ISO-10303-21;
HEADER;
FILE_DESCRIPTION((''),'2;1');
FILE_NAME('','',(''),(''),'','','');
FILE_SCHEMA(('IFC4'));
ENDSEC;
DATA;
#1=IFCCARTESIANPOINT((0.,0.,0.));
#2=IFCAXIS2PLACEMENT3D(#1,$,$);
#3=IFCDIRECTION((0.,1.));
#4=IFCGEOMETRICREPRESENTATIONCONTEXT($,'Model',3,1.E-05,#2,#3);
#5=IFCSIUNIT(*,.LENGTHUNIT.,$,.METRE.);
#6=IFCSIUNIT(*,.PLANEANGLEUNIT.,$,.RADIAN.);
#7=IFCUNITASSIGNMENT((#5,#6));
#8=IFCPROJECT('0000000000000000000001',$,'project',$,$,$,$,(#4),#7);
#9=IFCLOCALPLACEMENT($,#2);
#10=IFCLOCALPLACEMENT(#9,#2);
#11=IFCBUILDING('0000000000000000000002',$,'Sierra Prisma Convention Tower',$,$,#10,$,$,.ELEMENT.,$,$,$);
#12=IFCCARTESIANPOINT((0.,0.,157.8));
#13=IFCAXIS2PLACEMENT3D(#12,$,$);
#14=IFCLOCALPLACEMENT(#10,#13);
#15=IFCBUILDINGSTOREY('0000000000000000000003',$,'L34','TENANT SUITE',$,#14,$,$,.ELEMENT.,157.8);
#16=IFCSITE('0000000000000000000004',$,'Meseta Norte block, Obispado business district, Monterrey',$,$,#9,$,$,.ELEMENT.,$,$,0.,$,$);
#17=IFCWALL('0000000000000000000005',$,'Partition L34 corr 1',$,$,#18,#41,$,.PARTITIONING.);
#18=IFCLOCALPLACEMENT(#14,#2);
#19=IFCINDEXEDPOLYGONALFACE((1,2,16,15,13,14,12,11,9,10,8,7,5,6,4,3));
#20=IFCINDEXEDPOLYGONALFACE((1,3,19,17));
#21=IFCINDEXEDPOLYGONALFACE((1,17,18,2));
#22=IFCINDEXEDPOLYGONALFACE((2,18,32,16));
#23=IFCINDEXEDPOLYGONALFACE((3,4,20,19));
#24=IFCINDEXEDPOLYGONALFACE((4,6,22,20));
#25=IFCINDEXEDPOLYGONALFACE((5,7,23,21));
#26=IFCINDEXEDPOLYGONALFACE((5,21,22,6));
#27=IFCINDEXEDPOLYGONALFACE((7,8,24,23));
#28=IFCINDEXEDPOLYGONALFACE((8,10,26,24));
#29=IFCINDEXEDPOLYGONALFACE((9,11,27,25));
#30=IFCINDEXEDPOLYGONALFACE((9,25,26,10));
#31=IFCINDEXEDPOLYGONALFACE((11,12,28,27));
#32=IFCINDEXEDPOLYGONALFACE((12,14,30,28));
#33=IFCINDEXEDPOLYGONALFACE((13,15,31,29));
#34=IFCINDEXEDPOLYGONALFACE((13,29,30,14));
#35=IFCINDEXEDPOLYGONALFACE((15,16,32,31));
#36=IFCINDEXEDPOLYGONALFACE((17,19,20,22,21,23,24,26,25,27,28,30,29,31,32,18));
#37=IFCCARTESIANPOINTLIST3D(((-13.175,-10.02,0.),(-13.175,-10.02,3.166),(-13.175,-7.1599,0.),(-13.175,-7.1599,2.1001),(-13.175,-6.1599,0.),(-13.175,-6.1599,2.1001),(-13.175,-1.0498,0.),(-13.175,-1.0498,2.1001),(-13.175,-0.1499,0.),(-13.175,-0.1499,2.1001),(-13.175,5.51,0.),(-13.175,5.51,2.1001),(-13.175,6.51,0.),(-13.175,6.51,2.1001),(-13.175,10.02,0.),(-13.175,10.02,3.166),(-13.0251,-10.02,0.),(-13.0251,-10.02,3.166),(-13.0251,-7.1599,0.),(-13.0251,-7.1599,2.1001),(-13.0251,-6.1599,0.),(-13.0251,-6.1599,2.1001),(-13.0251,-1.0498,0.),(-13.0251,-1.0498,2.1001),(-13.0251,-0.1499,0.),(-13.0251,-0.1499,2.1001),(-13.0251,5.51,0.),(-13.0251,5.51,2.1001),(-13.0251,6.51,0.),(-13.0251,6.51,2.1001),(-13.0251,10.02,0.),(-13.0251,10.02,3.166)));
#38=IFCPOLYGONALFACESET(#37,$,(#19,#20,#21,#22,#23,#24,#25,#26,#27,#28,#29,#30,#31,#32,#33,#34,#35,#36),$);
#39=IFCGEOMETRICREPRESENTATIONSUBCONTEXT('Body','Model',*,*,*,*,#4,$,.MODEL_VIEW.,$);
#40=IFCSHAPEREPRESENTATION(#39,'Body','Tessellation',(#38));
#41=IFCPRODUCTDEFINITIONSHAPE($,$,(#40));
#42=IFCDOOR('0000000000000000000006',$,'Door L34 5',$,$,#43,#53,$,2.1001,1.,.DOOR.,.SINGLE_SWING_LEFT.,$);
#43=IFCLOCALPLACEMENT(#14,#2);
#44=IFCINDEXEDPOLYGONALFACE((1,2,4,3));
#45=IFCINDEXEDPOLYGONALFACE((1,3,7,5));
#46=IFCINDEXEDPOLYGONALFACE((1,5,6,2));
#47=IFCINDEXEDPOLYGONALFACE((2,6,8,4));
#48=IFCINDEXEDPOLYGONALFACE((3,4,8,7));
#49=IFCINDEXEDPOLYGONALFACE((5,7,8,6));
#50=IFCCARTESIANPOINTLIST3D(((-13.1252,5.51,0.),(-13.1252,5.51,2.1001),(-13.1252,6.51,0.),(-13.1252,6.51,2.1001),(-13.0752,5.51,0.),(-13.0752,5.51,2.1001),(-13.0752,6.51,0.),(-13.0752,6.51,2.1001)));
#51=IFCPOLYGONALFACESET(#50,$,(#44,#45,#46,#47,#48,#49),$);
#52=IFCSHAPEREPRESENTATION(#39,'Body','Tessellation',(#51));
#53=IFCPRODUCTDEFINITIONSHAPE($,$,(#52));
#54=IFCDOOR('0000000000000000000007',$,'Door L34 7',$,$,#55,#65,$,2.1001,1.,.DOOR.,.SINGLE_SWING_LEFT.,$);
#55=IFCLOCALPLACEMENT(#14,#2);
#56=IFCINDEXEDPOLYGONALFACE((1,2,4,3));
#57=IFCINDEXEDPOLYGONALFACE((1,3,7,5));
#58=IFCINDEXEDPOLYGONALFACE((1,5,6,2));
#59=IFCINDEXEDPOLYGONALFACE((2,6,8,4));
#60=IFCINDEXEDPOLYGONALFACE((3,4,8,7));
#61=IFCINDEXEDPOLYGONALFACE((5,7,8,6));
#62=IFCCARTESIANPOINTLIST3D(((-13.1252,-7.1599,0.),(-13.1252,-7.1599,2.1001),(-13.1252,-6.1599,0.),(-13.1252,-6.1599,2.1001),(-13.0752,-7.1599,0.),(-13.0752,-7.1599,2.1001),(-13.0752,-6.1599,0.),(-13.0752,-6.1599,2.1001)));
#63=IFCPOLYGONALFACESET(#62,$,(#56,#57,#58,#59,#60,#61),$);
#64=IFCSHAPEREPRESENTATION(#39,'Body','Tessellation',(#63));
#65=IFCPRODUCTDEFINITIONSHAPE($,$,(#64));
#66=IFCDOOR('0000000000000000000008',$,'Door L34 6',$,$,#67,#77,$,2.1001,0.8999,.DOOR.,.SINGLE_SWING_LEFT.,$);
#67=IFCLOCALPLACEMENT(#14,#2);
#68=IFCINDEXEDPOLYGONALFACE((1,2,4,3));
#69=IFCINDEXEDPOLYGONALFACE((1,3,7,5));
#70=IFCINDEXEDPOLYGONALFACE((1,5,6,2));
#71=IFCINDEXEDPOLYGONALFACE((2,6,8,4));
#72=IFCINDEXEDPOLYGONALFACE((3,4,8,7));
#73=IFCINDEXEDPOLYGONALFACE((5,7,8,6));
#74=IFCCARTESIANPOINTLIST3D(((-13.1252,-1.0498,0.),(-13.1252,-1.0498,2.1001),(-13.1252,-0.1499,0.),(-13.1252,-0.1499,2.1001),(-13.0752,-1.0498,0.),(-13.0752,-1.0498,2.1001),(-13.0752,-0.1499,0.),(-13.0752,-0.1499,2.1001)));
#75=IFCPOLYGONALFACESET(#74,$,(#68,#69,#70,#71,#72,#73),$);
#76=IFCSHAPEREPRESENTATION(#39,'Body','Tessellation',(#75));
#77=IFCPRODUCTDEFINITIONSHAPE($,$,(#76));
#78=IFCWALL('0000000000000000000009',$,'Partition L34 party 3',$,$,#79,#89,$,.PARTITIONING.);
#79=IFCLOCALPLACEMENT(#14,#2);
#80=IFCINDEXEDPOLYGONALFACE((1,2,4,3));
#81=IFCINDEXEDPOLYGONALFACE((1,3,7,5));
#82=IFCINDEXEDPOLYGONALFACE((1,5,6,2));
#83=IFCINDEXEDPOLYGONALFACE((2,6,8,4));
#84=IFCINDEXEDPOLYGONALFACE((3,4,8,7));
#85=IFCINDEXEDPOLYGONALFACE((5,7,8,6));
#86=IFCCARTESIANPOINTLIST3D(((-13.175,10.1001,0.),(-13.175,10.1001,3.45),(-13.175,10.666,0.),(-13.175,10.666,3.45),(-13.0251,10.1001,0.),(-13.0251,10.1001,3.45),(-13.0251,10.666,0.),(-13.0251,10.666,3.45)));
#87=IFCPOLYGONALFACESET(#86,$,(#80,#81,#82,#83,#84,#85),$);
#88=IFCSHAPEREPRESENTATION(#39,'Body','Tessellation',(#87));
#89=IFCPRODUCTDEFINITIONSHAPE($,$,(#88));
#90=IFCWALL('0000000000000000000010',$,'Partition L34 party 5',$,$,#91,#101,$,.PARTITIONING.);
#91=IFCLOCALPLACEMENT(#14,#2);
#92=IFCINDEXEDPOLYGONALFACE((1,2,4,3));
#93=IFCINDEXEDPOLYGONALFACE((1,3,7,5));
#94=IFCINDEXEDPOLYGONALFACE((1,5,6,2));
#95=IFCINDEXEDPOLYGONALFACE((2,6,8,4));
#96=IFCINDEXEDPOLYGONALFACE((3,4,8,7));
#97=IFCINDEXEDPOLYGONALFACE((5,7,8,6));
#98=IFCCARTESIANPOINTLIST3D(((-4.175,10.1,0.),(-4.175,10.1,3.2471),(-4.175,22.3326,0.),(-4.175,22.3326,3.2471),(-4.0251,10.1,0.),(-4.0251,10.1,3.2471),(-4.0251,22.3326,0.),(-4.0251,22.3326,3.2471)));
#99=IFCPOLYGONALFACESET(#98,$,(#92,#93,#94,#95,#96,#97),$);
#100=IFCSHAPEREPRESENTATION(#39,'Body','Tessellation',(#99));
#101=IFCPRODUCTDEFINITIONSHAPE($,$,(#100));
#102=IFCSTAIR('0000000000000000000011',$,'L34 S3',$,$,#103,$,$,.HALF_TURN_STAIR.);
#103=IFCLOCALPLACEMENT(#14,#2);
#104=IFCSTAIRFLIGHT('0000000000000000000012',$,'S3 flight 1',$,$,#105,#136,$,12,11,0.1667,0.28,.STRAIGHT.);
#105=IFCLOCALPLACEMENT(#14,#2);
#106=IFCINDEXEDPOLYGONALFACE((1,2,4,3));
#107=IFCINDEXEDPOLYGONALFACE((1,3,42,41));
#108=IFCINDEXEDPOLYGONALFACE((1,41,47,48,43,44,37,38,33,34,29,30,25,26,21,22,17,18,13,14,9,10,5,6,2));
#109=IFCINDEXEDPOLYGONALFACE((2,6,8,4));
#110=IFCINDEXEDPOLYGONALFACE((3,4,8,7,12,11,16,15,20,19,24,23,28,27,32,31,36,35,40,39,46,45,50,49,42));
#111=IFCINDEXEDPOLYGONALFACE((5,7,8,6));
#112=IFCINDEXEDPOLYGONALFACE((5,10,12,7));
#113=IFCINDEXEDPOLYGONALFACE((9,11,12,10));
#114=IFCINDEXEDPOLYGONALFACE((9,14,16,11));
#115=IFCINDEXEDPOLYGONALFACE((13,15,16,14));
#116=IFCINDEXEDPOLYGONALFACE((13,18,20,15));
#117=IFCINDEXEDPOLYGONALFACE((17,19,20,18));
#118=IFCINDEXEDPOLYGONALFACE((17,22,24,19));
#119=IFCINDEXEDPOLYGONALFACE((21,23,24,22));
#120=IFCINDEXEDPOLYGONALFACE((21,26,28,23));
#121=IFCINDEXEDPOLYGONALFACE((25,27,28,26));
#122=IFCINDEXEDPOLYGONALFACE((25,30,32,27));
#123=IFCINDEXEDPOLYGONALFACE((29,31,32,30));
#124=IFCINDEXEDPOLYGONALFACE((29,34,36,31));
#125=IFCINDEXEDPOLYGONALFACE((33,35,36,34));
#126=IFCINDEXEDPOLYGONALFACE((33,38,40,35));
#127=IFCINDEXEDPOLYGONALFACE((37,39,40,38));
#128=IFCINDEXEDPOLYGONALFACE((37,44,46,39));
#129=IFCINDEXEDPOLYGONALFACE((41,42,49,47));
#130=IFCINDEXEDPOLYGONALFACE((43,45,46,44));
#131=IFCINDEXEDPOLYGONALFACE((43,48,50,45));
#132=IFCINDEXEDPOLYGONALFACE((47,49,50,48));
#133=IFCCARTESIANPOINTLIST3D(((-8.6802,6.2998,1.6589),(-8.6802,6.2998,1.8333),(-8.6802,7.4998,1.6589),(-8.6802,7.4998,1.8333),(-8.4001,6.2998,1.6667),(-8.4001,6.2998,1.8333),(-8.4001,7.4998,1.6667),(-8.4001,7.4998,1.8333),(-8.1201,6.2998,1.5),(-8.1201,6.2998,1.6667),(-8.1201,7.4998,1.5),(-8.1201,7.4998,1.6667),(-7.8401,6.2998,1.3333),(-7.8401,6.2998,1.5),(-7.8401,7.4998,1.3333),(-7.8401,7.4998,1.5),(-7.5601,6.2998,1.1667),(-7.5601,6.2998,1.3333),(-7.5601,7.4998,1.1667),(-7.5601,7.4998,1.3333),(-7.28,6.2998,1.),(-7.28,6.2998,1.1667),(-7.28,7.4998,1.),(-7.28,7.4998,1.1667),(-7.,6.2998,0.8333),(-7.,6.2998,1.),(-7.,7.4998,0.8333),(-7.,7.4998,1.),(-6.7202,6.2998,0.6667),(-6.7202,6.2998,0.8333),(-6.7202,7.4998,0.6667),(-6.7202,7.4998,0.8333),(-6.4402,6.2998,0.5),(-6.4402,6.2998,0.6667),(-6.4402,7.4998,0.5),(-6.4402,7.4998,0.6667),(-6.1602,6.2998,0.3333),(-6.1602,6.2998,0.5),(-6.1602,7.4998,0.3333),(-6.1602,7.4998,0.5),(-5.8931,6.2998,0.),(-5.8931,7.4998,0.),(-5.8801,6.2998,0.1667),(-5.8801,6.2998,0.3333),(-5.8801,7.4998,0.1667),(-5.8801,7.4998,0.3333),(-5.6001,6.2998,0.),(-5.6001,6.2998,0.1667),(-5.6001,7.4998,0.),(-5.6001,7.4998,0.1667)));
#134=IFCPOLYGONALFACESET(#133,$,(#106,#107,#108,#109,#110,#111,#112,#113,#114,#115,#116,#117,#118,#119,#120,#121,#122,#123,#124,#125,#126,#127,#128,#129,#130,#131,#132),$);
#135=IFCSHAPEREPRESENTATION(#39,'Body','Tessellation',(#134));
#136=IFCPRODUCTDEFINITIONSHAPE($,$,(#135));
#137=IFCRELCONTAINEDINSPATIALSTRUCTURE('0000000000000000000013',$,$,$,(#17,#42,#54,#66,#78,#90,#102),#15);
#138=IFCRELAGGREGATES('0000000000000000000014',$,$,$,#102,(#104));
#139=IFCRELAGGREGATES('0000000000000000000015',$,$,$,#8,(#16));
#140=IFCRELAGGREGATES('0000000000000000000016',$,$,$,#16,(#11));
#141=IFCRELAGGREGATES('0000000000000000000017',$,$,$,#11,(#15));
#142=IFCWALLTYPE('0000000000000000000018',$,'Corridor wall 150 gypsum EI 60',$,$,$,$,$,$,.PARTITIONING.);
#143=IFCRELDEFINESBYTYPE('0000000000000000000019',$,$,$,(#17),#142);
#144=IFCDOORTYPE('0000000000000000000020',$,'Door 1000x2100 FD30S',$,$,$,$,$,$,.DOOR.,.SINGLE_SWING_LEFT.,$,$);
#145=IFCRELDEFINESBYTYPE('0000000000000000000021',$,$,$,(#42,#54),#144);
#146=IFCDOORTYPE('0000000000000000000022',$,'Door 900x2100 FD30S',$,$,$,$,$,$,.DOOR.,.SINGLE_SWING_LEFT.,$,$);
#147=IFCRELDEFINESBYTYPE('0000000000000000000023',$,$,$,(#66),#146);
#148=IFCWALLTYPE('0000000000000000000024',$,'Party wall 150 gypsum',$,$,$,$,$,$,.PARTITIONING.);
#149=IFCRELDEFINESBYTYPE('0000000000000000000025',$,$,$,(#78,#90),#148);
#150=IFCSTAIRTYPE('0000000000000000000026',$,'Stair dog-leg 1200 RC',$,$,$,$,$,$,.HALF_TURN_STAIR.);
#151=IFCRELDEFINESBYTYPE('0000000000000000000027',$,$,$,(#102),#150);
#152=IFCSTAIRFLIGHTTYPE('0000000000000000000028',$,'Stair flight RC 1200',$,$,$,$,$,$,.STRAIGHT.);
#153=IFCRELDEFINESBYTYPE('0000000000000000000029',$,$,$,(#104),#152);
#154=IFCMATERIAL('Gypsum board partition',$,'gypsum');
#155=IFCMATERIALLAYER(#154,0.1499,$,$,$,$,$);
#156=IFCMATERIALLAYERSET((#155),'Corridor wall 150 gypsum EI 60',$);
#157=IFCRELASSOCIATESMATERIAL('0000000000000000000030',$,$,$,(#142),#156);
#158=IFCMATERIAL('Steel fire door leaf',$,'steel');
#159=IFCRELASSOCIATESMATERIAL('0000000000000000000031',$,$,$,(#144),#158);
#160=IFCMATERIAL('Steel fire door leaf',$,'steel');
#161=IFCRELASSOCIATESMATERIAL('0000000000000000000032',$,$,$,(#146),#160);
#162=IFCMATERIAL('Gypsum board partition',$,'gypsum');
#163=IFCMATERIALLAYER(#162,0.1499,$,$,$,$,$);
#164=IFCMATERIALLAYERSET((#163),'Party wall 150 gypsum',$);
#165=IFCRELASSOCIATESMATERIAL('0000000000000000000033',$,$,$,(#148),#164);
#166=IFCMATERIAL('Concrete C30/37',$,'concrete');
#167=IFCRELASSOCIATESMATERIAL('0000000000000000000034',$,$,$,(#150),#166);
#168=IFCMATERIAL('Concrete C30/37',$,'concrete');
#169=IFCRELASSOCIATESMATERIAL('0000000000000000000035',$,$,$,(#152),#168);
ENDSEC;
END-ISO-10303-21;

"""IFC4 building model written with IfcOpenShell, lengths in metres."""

from ifc_helpers import new_model, si_unit, direction, frame, frame_2d, origin, place, context, subcontext, project, spatial, polyline, rectangle, outline, extrude, material, layer, layer_set, type_object, element, fill, aggregate, save


model = new_model("IFC4")

# Units and contexts
model_context = context("Model", 3, precision=1e-05, world=origin(), true_north=direction((0.0, 1.0)))
body_context = subcontext(model_context, "Body", "Model", "MODEL_VIEW")
ifc_project = project(units=[si_unit("LENGTHUNIT", "METRE"), si_unit("PLANEANGLEUNIT", "RADIAN")], contexts=[model_context])

# Site, building, storey
site_placement = place(None, origin())
site = spatial("IfcSite", under=ifc_project, at=site_placement, Name="Meseta Norte block, Obispado business district, Monterrey", CompositionType="ELEMENT", RefElevation=0.0)
building_placement = place(site_placement, origin())
building = spatial("IfcBuilding", under=site, at=building_placement, Name="Sierra Prisma Convention Tower", CompositionType="ELEMENT")
storey_placement = place(building_placement, frame((0.0, 0.0, 157.8)))
storey = spatial("IfcBuildingStorey", under=building, at=storey_placement, Name="L34", Description="TENANT SUITE", CompositionType="ELEMENT", Elevation=157.8)

# Wall, openings, doors
ifc_material_1 = material(Name="Gypsum board partition", Category="gypsum")
ifc_layer_1 = layer(ifc_material_1, 0.1499)
ifc_layer_set_1 = layer_set([ifc_layer_1], Name="Corridor wall 150 gypsum EI 60")
wall_type_1 = type_object("IfcWallType", Name="Corridor wall 150 gypsum EI 60", PredefinedType="PARTITIONING", material=ifc_layer_set_1)
wall_1_placement = place(storey_placement, frame((-13.1001, 10.02, 0.0), z_axis=(0.0, 0.0, 1.0), x_axis=(0.0, -1.0, 0.0)))
wall_1 = element("IfcWall", 1, at=wall_1_placement, inside=storey, type_object=wall_type_1, Name="Partition L34 corr 1", PredefinedType="PARTITIONING", context=body_context, shape_type="SweptSolid", body=[
    extrude(rectangle(XDim=20.04, YDim=0.1499, at=frame_2d((10.02, 0.0))), origin(), (0.0, 0.0, 1.0), 3.166),
])
opening_1_placement = place(wall_1_placement, frame((3.51, 0.0, 0.0)))
opening_1 = element("IfcOpeningElement", 2, at=opening_1_placement, cuts=wall_1, PredefinedType="OPENING", context=body_context, shape_type="SweptSolid", body=[
    extrude(rectangle(XDim=1.0, YDim=2.1001, at=frame_2d((0.5, 1.05))), frame((0.0, 0.075, 0.0), z_axis=(0.0, -1.0, 0.0), x_axis=(1.0, 0.0, 0.0)), (0.0, 0.0, 1.0), 0.1499),
])
opening_2_placement = place(wall_1_placement, frame((10.1699, 0.0, 0.0)))
opening_2 = element("IfcOpeningElement", 3, at=opening_2_placement, cuts=wall_1, PredefinedType="OPENING", context=body_context, shape_type="SweptSolid", body=[
    extrude(rectangle(XDim=0.8999, YDim=2.1001, at=frame_2d((0.45, 1.05))), frame((0.0, 0.075, 0.0), z_axis=(0.0, -1.0, 0.0), x_axis=(1.0, 0.0, 0.0)), (0.0, 0.0, 1.0), 0.1499),
])
opening_3_placement = place(wall_1_placement, frame((16.1799, 0.0, 0.0)))
opening_3 = element("IfcOpeningElement", 4, at=opening_3_placement, cuts=wall_1, PredefinedType="OPENING", context=body_context, shape_type="SweptSolid", body=[
    extrude(rectangle(XDim=1.0, YDim=2.1001, at=frame_2d((0.5, 1.05))), frame((0.0, 0.075, 0.0), z_axis=(0.0, -1.0, 0.0), x_axis=(1.0, 0.0, 0.0)), (0.0, 0.0, 1.0), 0.1499),
])
ifc_material_2 = material(Name="Steel fire door leaf", Category="steel")
door_type_1 = type_object("IfcDoorType", Name="Door 1000x2100 FD30S", OperationType="SINGLE_SWING_LEFT", PredefinedType="DOOR", material=ifc_material_2)
door_1_placement = place(opening_1_placement, origin())
door_1 = element("IfcDoor", 5, at=door_1_placement, inside=storey, type_object=door_type_1, Name="Door L34 5", OperationType="SINGLE_SWING_LEFT", OverallHeight=2.1001, OverallWidth=1.0, PredefinedType="DOOR", context=body_context, shape_type="SweptSolid", body=[
    extrude(rectangle(XDim=1.0, YDim=2.1001, at=frame_2d((0.5, 1.05))), frame((0.0, 0.0249, 0.0), z_axis=(0.0, -1.0, 0.0), x_axis=(1.0, 0.0, 0.0)), (0.0, 0.0, 1.0), 0.05),
])
fill(opening_1, door_1)
door_2_placement = place(opening_3_placement, origin())
door_2 = element("IfcDoor", 6, at=door_2_placement, inside=storey, type_object=door_type_1, Name="Door L34 7", OperationType="SINGLE_SWING_LEFT", OverallHeight=2.1001, OverallWidth=1.0, PredefinedType="DOOR", context=body_context, shape_type="SweptSolid", body=[
    extrude(rectangle(XDim=1.0, YDim=2.1001, at=frame_2d((0.5, 1.05))), frame((0.0, 0.0249, 0.0), z_axis=(0.0, -1.0, 0.0), x_axis=(1.0, 0.0, 0.0)), (0.0, 0.0, 1.0), 0.05),
])
fill(opening_3, door_2)
ifc_material_3 = material(Name="Steel fire door leaf", Category="steel")
door_type_2 = type_object("IfcDoorType", Name="Door 900x2100 FD30S", OperationType="SINGLE_SWING_LEFT", PredefinedType="DOOR", material=ifc_material_3)
door_3_placement = place(opening_2_placement, origin())
door_3 = element("IfcDoor", 7, at=door_3_placement, inside=storey, type_object=door_type_2, Name="Door L34 6", OperationType="SINGLE_SWING_LEFT", OverallHeight=2.1001, OverallWidth=0.8999, PredefinedType="DOOR", context=body_context, shape_type="SweptSolid", body=[
    extrude(rectangle(XDim=0.8999, YDim=2.1001, at=frame_2d((0.45, 1.05))), frame((0.0, 0.0249, 0.0), z_axis=(0.0, -1.0, 0.0), x_axis=(1.0, 0.0, 0.0)), (0.0, 0.0, 1.0), 0.05),
])
fill(opening_2, door_3)

# Walls
ifc_material_4 = material(Name="Gypsum board partition", Category="gypsum")
ifc_layer_2 = layer(ifc_material_4, 0.1499)
ifc_layer_set_2 = layer_set([ifc_layer_2], Name="Party wall 150 gypsum")
wall_type_2 = type_object("IfcWallType", Name="Party wall 150 gypsum", PredefinedType="PARTITIONING", material=ifc_layer_set_2)
wall_2_placement = place(storey_placement, frame((-13.1001, 10.1001, 0.0), z_axis=(0.0, 0.0, 1.0), x_axis=(0.0, 1.0, 0.0)))
element("IfcWall", 8, at=wall_2_placement, inside=storey, type_object=wall_type_2, Name="Partition L34 party 3", PredefinedType="PARTITIONING", context=body_context, shape_type="SweptSolid", body=[
    extrude(rectangle(XDim=0.5659, YDim=0.1499, at=frame_2d((0.283, 0.0))), origin(), (0.0, 0.0, 1.0), 3.45),
])
wall_3_placement = place(storey_placement, frame((-4.1001, 10.1001, 0.0), z_axis=(0.0, 0.0, 1.0), x_axis=(0.0, 1.0, 0.0)))
element("IfcWall", 9, at=wall_3_placement, inside=storey, type_object=wall_type_2, Name="Partition L34 party 5", PredefinedType="PARTITIONING", context=body_context, shape_type="SweptSolid", body=[
    extrude(rectangle(XDim=12.2327, YDim=0.1499, at=frame_2d((6.1162, 0.0))), origin(), (0.0, 0.0, 1.0), 3.2471),
])

# Stair, stair flight
ifc_material_5 = material(Name="Concrete C30/37", Category="concrete")
stair_type = type_object("IfcStairType", Name="Stair dog-leg 1200 RC", PredefinedType="HALF_TURN_STAIR", material=ifc_material_5)
stair_placement = place(storey_placement, origin())
stair = element("IfcStair", 10, at=stair_placement, inside=storey, type_object=stair_type, Name="L34 S3", PredefinedType="HALF_TURN_STAIR")
ifc_material_6 = material(Name="Concrete C30/37", Category="concrete")
stair_flight_type = type_object("IfcStairFlightType", Name="Stair flight RC 1200", PredefinedType="STRAIGHT", material=ifc_material_6)
stair_flight_placement = place(storey_placement, frame((-5.6001, 6.8999, 0.0), z_axis=(0.0, 0.0, 1.0), x_axis=(-1.0, 0.0, 0.0)))
stair_flight = element("IfcStairFlight", 11, at=stair_flight_placement, type_object=stair_flight_type, Name="S3 flight 1", NumberOfRisers=12, NumberOfTreads=11, PredefinedType="STRAIGHT", RiserHeight=0.1667, TreadLength=0.28, context=body_context, shape_type="SweptSolid", body=[
    extrude(outline(polyline([(0.0, 0.0), (0.0, 0.1667), (0.28, 0.1667), (0.28, 0.3333), (0.5601, 0.3333), (0.5601, 0.5), (0.8401, 0.5), (0.8401, 0.6667), (1.1201, 0.6667), (1.1201, 0.8333), (1.3999, 0.8333), (1.3999, 1.0), (1.6799, 1.0), (1.6799, 1.1667), (1.96, 1.1667), (1.96, 1.3333), (2.24, 1.3333), (2.24, 1.5), (2.52, 1.5), (2.52, 1.6667), (2.8, 1.6667), (2.8, 1.8333), (3.0801, 1.8333), (3.0801, 2.0), (3.0801, 1.6589), (0.293, 0.0), (0.0, 0.0)])), frame((0.0, 0.6001, 0.0), z_axis=(0.0, -1.0, 0.0), x_axis=(1.0, 0.0, 0.0)), (0.0, 0.0, 1.0), 1.2),
])
aggregate(stair, [stair_flight])

save(model, "model.ifc")
